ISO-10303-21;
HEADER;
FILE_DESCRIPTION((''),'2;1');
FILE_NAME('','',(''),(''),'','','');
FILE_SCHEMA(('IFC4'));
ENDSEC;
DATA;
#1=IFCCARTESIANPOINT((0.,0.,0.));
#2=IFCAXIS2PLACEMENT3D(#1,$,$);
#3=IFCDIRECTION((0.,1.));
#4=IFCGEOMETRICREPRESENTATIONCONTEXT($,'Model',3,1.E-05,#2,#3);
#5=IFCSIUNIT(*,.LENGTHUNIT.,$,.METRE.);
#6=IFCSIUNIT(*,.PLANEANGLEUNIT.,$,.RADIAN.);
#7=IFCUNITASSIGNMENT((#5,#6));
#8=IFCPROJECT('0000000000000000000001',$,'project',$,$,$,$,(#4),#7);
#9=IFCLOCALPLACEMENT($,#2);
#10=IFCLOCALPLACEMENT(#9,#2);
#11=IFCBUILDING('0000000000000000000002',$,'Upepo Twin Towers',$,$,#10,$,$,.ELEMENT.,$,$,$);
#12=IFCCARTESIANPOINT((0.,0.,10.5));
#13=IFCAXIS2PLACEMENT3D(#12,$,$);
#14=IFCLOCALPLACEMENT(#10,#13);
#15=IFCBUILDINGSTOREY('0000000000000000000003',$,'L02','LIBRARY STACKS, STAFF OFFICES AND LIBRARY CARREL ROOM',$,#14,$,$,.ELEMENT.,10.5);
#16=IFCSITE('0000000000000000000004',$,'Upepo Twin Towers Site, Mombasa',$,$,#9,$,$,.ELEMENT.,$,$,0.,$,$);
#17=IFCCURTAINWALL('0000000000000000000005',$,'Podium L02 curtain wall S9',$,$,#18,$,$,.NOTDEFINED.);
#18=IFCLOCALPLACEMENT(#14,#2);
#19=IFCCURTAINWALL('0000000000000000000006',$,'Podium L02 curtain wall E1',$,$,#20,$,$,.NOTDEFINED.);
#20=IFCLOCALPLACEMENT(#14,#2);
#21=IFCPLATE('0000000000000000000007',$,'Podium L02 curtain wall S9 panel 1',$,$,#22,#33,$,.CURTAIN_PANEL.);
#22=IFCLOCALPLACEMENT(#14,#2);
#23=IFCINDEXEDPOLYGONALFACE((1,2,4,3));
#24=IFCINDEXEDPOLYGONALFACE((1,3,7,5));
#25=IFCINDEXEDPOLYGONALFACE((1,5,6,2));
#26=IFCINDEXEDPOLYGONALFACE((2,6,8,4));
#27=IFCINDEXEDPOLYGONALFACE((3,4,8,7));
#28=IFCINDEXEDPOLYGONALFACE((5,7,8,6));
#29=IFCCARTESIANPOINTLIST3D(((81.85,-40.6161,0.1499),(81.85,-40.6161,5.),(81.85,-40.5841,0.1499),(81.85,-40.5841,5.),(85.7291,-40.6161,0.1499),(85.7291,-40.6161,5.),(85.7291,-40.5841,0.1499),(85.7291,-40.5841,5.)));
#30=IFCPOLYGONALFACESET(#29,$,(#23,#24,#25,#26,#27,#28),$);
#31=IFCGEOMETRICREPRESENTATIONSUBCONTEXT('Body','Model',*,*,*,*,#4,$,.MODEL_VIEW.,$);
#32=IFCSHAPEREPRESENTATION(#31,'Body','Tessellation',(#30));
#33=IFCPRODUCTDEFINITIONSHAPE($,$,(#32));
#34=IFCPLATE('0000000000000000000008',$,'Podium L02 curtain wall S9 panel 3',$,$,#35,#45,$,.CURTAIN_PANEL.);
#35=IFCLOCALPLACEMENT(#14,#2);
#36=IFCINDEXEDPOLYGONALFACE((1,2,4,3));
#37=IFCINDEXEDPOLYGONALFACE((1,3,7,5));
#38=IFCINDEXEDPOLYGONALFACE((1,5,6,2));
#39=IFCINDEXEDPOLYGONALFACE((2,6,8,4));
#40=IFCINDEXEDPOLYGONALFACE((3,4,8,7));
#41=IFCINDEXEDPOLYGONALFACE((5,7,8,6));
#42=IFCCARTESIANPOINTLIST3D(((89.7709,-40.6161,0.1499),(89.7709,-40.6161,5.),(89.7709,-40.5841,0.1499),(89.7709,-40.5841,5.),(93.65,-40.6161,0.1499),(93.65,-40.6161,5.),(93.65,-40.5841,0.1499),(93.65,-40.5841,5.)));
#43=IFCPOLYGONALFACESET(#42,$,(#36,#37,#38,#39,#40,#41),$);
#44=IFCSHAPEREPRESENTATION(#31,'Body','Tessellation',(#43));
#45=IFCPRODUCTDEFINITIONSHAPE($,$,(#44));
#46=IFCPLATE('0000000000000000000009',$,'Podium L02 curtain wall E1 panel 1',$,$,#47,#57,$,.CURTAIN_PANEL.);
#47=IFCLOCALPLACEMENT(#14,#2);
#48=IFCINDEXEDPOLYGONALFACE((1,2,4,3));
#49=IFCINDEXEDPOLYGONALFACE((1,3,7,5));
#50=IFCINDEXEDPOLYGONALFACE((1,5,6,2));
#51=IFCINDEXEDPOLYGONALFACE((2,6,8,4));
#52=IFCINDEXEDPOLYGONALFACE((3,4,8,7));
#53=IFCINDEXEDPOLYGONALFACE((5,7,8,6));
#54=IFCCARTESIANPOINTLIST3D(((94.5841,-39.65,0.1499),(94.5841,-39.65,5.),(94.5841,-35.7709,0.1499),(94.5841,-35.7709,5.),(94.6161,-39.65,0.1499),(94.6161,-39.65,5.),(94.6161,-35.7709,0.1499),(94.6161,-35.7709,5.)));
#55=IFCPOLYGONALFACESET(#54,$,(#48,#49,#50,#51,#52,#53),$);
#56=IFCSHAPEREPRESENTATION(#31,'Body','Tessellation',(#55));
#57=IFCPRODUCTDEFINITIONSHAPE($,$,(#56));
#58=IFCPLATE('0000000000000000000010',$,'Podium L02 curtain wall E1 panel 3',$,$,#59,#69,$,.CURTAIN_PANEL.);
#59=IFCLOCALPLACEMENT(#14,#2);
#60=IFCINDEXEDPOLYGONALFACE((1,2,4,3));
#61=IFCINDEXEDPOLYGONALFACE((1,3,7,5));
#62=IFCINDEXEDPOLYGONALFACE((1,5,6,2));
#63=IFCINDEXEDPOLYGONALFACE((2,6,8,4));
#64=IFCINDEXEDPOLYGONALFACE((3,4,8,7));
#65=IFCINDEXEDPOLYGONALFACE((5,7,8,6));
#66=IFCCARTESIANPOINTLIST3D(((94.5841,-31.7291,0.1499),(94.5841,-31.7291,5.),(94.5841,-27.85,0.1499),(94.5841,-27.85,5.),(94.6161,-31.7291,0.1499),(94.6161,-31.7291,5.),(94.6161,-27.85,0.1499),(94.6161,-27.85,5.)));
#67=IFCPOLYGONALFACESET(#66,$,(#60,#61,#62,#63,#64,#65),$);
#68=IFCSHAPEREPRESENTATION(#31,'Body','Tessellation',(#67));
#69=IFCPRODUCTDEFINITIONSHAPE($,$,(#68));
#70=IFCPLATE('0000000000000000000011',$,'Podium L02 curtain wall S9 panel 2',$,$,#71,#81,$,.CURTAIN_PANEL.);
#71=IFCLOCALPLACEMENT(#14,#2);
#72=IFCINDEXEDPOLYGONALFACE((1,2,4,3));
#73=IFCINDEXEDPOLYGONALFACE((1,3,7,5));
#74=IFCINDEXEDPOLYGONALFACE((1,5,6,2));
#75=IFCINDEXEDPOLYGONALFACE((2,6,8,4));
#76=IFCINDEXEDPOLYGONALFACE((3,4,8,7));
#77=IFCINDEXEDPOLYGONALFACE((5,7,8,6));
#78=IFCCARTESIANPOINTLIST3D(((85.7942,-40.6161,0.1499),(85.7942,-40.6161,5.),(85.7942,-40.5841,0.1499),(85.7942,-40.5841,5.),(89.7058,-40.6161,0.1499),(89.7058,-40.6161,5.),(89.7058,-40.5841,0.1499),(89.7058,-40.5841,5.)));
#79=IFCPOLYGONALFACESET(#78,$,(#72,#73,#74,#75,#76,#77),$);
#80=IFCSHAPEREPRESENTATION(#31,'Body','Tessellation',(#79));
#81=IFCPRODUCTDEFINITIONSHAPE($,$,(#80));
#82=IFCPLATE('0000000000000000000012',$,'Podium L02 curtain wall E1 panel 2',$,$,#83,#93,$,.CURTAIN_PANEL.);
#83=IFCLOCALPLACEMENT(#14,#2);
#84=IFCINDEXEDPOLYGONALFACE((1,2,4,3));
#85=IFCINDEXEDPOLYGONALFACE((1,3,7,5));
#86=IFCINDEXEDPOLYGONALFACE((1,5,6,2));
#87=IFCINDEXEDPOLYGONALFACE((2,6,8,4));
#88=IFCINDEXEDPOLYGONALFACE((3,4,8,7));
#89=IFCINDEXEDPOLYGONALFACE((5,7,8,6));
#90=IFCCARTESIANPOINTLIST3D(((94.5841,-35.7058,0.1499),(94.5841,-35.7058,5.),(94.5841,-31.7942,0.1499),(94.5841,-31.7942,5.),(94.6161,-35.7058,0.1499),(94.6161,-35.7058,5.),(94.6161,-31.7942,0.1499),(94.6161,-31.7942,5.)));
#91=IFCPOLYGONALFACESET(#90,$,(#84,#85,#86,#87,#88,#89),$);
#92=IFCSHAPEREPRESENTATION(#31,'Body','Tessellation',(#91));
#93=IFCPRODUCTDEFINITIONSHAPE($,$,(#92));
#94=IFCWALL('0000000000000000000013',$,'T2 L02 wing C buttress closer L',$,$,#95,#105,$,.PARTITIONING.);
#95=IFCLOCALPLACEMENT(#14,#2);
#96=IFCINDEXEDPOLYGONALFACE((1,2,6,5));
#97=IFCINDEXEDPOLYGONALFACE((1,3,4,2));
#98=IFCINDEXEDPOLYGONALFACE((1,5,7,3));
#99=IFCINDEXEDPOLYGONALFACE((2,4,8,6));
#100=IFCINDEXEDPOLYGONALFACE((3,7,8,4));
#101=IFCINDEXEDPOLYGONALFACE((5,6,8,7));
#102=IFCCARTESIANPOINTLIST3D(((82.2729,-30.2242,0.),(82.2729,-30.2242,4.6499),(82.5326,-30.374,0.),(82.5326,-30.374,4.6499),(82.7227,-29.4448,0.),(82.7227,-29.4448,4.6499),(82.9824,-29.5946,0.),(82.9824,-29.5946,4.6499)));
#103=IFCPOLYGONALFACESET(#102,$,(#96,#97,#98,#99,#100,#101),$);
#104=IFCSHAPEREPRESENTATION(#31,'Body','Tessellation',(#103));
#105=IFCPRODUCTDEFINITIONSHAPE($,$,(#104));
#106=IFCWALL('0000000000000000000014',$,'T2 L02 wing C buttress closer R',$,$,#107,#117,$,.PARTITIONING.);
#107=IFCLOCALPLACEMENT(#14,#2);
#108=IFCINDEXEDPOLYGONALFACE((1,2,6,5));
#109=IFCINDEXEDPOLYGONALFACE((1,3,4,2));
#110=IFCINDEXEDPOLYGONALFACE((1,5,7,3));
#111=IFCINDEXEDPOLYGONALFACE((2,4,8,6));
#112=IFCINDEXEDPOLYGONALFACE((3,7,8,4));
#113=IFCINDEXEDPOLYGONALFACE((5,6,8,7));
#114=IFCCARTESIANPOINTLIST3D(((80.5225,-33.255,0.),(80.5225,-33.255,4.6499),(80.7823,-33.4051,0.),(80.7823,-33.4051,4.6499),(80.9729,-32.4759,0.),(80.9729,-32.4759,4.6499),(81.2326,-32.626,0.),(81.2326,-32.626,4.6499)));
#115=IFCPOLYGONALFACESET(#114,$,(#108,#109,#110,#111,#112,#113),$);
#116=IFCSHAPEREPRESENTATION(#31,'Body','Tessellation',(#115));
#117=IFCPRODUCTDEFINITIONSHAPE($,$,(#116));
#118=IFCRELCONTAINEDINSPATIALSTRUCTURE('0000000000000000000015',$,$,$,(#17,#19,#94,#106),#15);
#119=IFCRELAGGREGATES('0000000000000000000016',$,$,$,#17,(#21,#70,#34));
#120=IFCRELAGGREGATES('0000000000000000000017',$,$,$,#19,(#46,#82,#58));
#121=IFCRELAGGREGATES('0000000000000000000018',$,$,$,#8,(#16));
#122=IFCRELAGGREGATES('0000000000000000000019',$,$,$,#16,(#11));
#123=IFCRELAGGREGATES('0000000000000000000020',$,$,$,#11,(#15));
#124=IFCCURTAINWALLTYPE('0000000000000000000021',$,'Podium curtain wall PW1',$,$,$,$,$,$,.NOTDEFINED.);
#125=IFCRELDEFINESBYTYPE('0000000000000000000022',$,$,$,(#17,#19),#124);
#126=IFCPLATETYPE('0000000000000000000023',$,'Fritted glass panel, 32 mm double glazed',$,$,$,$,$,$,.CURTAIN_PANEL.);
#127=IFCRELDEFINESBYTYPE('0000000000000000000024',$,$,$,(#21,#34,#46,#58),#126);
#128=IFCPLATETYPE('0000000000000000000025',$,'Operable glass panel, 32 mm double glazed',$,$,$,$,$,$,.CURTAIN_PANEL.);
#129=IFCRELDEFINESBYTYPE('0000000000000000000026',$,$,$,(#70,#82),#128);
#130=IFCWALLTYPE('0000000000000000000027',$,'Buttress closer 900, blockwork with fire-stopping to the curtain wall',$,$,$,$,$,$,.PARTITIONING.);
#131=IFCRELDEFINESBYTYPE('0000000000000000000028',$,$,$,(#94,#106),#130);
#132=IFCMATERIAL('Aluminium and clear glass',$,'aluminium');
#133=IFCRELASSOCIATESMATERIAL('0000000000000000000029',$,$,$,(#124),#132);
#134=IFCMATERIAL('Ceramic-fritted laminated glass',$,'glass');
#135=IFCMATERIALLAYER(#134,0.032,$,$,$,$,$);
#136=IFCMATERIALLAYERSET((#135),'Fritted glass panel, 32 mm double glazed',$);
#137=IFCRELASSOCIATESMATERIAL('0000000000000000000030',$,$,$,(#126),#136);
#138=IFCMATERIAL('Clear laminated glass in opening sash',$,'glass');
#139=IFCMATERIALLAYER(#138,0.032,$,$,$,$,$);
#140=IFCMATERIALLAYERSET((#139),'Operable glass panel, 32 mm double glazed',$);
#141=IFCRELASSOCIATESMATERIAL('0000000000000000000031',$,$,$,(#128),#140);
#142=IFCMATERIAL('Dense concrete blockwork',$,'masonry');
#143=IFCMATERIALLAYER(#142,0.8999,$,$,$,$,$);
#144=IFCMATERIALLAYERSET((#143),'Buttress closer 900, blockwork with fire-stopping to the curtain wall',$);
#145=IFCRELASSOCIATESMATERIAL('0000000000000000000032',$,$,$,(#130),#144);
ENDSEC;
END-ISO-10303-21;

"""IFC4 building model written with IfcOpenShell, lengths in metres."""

from ifc_helpers import new_model, si_unit, direction, frame, frame_2d, origin, origin_2d, place, context, subcontext, project, spatial, rectangle, extrude, material, layer, layer_set, type_object, element, aggregate, save


model = new_model("IFC4")

# Units and contexts
model_context = context("Model", 3, precision=1e-05, world=origin(), true_north=direction((0.0, 1.0)))
body_context = subcontext(model_context, "Body", "Model", "MODEL_VIEW")
ifc_project = project(units=[si_unit("LENGTHUNIT", "METRE"), si_unit("PLANEANGLEUNIT", "RADIAN")], contexts=[model_context])

# Site, building, storey
site_placement = place(None, origin())
site = spatial("IfcSite", under=ifc_project, at=site_placement, Name="Upepo Twin Towers Site, Mombasa", CompositionType="ELEMENT", RefElevation=0.0)
building_placement = place(site_placement, origin())
building = spatial("IfcBuilding", under=site, at=building_placement, Name="Upepo Twin Towers", CompositionType="ELEMENT")
storey_placement = place(building_placement, frame((0.0, 0.0, 10.5)))
storey = spatial("IfcBuildingStorey", under=building, at=storey_placement, Name="L02", Description="LIBRARY STACKS, STAFF OFFICES AND LIBRARY CARREL ROOM", CompositionType="ELEMENT", Elevation=10.5)

# Shared definitions
ifc_material_1 = material(Name="Aluminium and clear glass", Category="aluminium")
curtain_wall_type = type_object("IfcCurtainWallType", Name="Podium curtain wall PW1", PredefinedType="NOTDEFINED", material=ifc_material_1)

# Curtain walls
curtain_wall_1_placement = place(storey_placement, origin())
curtain_wall_1 = element("IfcCurtainWall", 1, at=curtain_wall_1_placement, inside=storey, type_object=curtain_wall_type, Name="Podium L02 curtain wall S9", PredefinedType="NOTDEFINED")
curtain_wall_2_placement = place(storey_placement, origin())
curtain_wall_2 = element("IfcCurtainWall", 2, at=curtain_wall_2_placement, inside=storey, type_object=curtain_wall_type, Name="Podium L02 curtain wall E1", PredefinedType="NOTDEFINED")

# Plates
ifc_material_2 = material(Name="Ceramic-fritted laminated glass", Category="glass")
ifc_layer_1 = layer(ifc_material_2, 0.032)
ifc_layer_set_1 = layer_set([ifc_layer_1], Name="Fritted glass panel, 32 mm double glazed")
plate_type_1 = type_object("IfcPlateType", Name="Fritted glass panel, 32 mm double glazed", PredefinedType="CURTAIN_PANEL", material=ifc_layer_set_1)
plate_1_placement = place(storey_placement, frame((83.7896, -40.6001, 0.1499), z_axis=(0.0, 0.0, 1.0), x_axis=(1.0, 0.0, 0.0)))
plate_1 = element("IfcPlate", 3, at=plate_1_placement, type_object=plate_type_1, Name="Podium L02 curtain wall S9 panel 1", PredefinedType="CURTAIN_PANEL", context=body_context, shape_type="SweptSolid", body=[
    extrude(rectangle(XDim=3.8792, YDim=0.032, at=origin_2d()), origin(), (0.0, 0.0, 1.0), 4.8501),
])
plate_2_placement = place(storey_placement, frame((91.7104, -40.6001, 0.1499), z_axis=(0.0, 0.0, 1.0), x_axis=(1.0, 0.0, 0.0)))
plate_2 = element("IfcPlate", 4, at=plate_2_placement, type_object=plate_type_1, Name="Podium L02 curtain wall S9 panel 3", PredefinedType="CURTAIN_PANEL", context=body_context, shape_type="SweptSolid", body=[
    extrude(rectangle(XDim=3.8792, YDim=0.032, at=origin_2d()), origin(), (0.0, 0.0, 1.0), 4.8501),
])
plate_3_placement = place(storey_placement, frame((94.6001, -37.7104, 0.1499), z_axis=(0.0, 0.0, 1.0), x_axis=(0.0, 1.0, 0.0)))
plate_3 = element("IfcPlate", 5, at=plate_3_placement, type_object=plate_type_1, Name="Podium L02 curtain wall E1 panel 1", PredefinedType="CURTAIN_PANEL", context=body_context, shape_type="SweptSolid", body=[
    extrude(rectangle(XDim=3.8792, YDim=0.032, at=origin_2d()), origin(), (0.0, 0.0, 1.0), 4.8501),
])
plate_4_placement = place(storey_placement, frame((94.6001, -29.7896, 0.1499), z_axis=(0.0, 0.0, 1.0), x_axis=(0.0, 1.0, 0.0)))
plate_4 = element("IfcPlate", 6, at=plate_4_placement, type_object=plate_type_1, Name="Podium L02 curtain wall E1 panel 3", PredefinedType="CURTAIN_PANEL", context=body_context, shape_type="SweptSolid", body=[
    extrude(rectangle(XDim=3.8792, YDim=0.032, at=origin_2d()), origin(), (0.0, 0.0, 1.0), 4.8501),
])
ifc_material_3 = material(Name="Clear laminated glass in opening sash", Category="glass")
ifc_layer_2 = layer(ifc_material_3, 0.032)
ifc_layer_set_2 = layer_set([ifc_layer_2], Name="Operable glass panel, 32 mm double glazed")
plate_type_2 = type_object("IfcPlateType", Name="Operable glass panel, 32 mm double glazed", PredefinedType="CURTAIN_PANEL", material=ifc_layer_set_2)
plate_5_placement = place(storey_placement, frame((87.75, -40.6001, 0.1499), z_axis=(0.0, 0.0, 1.0), x_axis=(1.0, 0.0, 0.0)))
plate_5 = element("IfcPlate", 7, at=plate_5_placement, type_object=plate_type_2, Name="Podium L02 curtain wall S9 panel 2", PredefinedType="CURTAIN_PANEL", context=body_context, shape_type="SweptSolid", body=[
    extrude(rectangle(XDim=3.9116, YDim=0.032, at=origin_2d()), origin(), (0.0, 0.0, 1.0), 4.8501),
])
aggregate(curtain_wall_1, [plate_1, plate_5, plate_2])
plate_6_placement = place(storey_placement, frame((94.6001, -33.75, 0.1499), z_axis=(0.0, 0.0, 1.0), x_axis=(0.0, 1.0, 0.0)))
plate_6 = element("IfcPlate", 8, at=plate_6_placement, type_object=plate_type_2, Name="Podium L02 curtain wall E1 panel 2", PredefinedType="CURTAIN_PANEL", context=body_context, shape_type="SweptSolid", body=[
    extrude(rectangle(XDim=3.9116, YDim=0.032, at=origin_2d()), origin(), (0.0, 0.0, 1.0), 4.8501),
])
aggregate(curtain_wall_2, [plate_3, plate_6, plate_4])

# Walls
ifc_material_4 = material(Name="Dense concrete blockwork", Category="masonry")
ifc_layer_3 = layer(ifc_material_4, 0.8999)
ifc_layer_set_3 = layer_set([ifc_layer_3], Name="Buttress closer 900, blockwork with fire-stopping to the curtain wall")
wall_type_1 = type_object("IfcWallType", Name="Buttress closer 900, blockwork with fire-stopping to the curtain wall", PredefinedType="PARTITIONING", material=ifc_layer_set_3)
wall_1_placement = place(storey_placement, frame((82.4978, -29.8345, 0.0), z_axis=(0.0, 0.0, 1.0), x_axis=(0.866131, -0.499816, 0.0)))
element("IfcWall", 9, at=wall_1_placement, inside=storey, type_object=wall_type_1, Name="T2 L02 wing C buttress closer L", PredefinedType="PARTITIONING", context=body_context, shape_type="SweptSolid", body=[
    extrude(rectangle(XDim=0.2998, YDim=0.8999, at=frame_2d((0.1499, 0.0))), origin(), (0.0, 0.0, 1.0), 4.6499),
])
wall_2_placement = place(storey_placement, frame((80.7478, -32.8655, 0.0), z_axis=(0.0, 0.0, 1.0), x_axis=(0.865779, -0.500427, 0.0)))
element("IfcWall", 10, at=wall_2_placement, inside=storey, type_object=wall_type_1, Name="T2 L02 wing C buttress closer R", PredefinedType="PARTITIONING", context=body_context, shape_type="SweptSolid", body=[
    extrude(rectangle(XDim=0.3, YDim=0.8999, at=frame_2d((0.1499, 0.0))), origin(), (0.0, 0.0, 1.0), 4.6499),
])

save(model, "model.ifc")
